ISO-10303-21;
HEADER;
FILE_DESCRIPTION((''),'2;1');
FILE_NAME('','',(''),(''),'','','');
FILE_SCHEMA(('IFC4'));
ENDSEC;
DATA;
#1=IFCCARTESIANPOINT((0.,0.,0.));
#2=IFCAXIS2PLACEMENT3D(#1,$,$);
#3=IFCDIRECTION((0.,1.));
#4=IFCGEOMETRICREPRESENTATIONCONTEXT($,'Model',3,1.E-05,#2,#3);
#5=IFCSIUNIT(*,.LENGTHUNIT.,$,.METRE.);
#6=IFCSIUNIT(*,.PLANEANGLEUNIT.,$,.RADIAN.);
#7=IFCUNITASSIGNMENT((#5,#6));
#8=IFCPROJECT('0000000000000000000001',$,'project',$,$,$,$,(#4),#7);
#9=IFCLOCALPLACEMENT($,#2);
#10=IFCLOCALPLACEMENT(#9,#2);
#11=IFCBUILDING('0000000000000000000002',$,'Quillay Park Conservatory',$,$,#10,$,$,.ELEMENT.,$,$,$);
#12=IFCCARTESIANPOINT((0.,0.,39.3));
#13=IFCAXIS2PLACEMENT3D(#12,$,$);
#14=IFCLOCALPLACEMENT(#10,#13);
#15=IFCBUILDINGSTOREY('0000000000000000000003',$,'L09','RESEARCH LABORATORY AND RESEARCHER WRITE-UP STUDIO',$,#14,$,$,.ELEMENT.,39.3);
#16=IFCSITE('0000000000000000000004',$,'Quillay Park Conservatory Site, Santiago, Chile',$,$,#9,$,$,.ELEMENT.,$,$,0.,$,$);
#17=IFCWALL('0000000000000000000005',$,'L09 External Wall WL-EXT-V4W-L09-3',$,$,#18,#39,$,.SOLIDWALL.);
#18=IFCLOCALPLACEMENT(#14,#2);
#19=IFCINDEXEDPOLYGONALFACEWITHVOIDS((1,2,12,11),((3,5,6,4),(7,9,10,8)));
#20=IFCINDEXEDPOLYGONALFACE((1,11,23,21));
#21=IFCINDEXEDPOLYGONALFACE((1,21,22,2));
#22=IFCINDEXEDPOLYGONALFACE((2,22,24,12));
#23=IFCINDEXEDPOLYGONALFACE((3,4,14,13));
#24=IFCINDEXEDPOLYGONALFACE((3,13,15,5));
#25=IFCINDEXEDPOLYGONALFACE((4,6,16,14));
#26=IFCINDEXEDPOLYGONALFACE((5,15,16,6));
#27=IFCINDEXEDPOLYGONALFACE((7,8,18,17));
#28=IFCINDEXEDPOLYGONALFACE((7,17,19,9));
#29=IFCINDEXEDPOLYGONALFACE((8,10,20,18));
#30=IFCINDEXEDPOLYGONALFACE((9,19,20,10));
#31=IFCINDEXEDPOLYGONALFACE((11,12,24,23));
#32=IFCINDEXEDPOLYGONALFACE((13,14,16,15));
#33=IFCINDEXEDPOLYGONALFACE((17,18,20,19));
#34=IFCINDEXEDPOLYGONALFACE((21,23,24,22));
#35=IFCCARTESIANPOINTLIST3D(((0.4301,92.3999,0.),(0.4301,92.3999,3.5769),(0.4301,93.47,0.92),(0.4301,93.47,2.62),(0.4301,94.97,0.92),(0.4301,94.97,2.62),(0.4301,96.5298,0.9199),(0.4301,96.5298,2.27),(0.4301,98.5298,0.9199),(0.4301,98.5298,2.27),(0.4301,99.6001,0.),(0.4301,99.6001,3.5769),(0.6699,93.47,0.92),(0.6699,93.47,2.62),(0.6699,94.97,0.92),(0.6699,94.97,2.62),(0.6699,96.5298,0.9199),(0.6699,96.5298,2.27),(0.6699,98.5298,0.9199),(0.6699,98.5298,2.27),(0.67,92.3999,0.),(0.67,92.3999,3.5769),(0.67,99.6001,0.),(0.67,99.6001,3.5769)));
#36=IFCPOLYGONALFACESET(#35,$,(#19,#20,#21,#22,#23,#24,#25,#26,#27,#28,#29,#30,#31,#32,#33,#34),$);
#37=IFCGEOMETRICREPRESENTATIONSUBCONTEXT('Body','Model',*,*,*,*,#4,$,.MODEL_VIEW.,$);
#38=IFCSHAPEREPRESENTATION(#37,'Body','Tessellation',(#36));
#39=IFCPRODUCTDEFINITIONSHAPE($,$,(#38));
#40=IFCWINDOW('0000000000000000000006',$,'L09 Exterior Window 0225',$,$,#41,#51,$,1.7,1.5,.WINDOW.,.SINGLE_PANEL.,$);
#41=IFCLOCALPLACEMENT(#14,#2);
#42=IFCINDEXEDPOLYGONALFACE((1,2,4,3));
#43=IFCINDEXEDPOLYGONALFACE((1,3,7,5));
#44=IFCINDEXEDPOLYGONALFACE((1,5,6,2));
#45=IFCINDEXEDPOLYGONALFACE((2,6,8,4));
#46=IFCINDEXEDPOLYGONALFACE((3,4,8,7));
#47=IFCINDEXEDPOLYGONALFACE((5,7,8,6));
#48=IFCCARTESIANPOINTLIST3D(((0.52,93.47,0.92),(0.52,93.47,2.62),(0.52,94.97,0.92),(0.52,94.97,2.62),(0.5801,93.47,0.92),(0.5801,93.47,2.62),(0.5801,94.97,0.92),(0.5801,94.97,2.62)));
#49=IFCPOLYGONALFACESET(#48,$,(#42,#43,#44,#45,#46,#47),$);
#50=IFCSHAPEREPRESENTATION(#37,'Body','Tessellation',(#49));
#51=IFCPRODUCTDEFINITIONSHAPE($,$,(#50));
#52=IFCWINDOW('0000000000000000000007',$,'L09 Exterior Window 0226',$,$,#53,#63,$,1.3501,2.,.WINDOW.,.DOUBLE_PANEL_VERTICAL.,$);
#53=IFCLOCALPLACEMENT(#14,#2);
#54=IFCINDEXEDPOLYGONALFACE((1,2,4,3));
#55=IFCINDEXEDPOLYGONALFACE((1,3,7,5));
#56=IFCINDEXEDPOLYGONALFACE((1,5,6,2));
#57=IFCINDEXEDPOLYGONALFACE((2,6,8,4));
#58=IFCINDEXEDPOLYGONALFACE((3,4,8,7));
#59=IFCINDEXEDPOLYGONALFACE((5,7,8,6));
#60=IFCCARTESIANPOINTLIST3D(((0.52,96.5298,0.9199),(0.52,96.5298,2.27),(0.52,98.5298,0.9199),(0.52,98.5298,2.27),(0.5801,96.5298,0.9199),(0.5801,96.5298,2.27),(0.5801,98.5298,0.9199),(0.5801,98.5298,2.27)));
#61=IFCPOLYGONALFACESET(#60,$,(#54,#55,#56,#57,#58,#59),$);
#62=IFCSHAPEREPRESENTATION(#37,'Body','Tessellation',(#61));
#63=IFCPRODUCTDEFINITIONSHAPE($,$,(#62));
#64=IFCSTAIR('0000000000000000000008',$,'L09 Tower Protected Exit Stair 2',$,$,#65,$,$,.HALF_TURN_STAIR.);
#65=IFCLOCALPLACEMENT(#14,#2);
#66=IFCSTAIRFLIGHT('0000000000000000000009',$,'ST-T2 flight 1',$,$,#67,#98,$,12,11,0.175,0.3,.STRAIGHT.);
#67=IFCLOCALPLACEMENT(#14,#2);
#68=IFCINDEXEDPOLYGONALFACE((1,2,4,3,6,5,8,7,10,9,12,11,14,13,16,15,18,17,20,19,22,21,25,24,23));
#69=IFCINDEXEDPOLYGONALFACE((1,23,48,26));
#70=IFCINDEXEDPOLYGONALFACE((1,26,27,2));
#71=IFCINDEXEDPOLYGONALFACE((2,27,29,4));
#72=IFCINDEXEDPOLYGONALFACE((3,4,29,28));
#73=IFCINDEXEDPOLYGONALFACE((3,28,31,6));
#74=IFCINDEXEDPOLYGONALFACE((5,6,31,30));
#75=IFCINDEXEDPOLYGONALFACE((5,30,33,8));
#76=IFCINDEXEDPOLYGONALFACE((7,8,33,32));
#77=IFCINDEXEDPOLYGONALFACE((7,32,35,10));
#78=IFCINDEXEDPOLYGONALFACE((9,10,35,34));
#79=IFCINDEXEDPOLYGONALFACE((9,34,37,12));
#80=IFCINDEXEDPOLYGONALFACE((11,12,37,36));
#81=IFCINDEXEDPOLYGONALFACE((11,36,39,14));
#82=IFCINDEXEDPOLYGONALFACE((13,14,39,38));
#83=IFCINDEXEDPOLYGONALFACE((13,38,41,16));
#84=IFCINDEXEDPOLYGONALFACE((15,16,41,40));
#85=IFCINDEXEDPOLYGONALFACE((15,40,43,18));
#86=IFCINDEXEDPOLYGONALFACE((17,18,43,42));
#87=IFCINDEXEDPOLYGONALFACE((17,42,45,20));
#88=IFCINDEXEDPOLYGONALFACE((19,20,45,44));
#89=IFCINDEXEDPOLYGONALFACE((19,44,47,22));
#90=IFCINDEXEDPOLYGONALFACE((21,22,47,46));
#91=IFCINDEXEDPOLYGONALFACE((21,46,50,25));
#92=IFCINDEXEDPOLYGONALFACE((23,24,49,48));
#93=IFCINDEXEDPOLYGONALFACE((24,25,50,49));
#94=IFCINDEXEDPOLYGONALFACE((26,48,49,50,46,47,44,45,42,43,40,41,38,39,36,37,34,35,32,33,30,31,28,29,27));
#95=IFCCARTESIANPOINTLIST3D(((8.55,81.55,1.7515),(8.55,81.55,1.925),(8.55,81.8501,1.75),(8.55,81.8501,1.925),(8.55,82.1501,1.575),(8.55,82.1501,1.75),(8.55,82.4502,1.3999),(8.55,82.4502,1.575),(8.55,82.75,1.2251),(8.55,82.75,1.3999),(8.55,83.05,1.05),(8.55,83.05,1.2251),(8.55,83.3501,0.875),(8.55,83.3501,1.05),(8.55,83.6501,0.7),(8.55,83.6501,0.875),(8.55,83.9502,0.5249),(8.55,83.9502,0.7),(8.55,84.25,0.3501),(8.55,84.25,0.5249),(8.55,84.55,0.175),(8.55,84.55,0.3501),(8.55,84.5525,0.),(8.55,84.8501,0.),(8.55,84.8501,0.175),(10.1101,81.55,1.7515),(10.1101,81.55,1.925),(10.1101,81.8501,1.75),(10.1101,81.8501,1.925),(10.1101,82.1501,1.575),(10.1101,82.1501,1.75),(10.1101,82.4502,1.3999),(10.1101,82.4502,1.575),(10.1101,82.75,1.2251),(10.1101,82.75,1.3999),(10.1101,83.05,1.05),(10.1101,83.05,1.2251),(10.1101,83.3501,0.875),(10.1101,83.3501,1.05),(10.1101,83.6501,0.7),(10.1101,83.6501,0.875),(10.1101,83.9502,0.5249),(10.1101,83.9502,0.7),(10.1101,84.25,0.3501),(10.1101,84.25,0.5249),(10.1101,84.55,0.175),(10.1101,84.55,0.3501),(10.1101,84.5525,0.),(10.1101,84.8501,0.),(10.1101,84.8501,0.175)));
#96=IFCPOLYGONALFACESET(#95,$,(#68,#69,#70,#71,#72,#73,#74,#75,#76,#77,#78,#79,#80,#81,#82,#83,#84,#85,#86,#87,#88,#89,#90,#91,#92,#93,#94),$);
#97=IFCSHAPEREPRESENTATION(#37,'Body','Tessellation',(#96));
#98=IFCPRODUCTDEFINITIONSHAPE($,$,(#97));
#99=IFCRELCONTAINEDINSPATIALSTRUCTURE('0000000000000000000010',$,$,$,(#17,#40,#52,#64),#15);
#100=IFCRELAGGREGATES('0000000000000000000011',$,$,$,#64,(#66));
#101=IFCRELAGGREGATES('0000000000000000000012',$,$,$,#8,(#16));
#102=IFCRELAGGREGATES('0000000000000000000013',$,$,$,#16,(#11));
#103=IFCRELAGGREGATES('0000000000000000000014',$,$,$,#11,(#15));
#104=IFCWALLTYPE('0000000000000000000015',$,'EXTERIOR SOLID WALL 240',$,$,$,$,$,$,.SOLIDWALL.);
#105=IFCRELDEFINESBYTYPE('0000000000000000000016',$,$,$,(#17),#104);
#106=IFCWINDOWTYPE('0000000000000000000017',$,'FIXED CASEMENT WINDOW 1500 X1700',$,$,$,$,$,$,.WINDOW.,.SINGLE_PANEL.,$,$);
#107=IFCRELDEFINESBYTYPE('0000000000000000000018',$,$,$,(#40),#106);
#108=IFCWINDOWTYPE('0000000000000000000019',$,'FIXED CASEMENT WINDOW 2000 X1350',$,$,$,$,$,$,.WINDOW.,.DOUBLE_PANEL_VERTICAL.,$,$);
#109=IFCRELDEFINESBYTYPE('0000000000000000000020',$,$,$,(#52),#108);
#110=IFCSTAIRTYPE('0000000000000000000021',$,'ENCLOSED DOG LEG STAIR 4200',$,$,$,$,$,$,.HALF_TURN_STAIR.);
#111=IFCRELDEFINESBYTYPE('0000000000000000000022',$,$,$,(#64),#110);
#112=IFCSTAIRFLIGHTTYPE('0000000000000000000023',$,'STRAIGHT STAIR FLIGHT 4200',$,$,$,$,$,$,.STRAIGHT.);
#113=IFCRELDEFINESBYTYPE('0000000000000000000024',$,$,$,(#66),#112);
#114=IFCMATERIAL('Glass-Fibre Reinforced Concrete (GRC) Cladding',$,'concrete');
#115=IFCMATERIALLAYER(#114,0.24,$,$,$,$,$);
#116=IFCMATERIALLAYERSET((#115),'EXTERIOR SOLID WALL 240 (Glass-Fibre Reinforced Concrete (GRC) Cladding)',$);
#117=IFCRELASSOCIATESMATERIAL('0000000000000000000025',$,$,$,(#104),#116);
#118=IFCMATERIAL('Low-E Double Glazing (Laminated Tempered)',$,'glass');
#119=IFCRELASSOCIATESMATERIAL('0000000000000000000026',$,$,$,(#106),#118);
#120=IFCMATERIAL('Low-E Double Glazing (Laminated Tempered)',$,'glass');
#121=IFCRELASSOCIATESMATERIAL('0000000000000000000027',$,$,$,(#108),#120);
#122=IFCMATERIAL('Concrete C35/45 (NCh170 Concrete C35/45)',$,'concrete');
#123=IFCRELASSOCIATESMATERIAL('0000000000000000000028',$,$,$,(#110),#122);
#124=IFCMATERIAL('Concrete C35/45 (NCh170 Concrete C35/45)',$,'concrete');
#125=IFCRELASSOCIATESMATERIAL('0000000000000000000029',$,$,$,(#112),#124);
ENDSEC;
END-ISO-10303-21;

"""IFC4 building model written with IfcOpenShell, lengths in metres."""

from ifc_helpers import new_model, si_unit, direction, frame, frame_2d, origin, place, context, subcontext, project, spatial, polyline, rectangle, outline, extrude, material, layer, layer_set, type_object, element, fill, aggregate, save


model = new_model("IFC4")

# Units and contexts
model_context = context("Model", 3, precision=1e-05, world=origin(), true_north=direction((0.0, 1.0)))
body_context = subcontext(model_context, "Body", "Model", "MODEL_VIEW")
ifc_project = project(units=[si_unit("LENGTHUNIT", "METRE"), si_unit("PLANEANGLEUNIT", "RADIAN")], contexts=[model_context])

# Site, building, storey
site_placement = place(None, origin())
site = spatial("IfcSite", under=ifc_project, at=site_placement, Name="Quillay Park Conservatory Site, Santiago, Chile", CompositionType="ELEMENT", RefElevation=0.0)
building_placement = place(site_placement, origin())
building = spatial("IfcBuilding", under=site, at=building_placement, Name="Quillay Park Conservatory", CompositionType="ELEMENT")
storey_placement = place(building_placement, frame((0.0, 0.0, 39.3)))
storey = spatial("IfcBuildingStorey", under=building, at=storey_placement, Name="L09", Description="RESEARCH LABORATORY AND RESEARCHER WRITE-UP STUDIO", CompositionType="ELEMENT", Elevation=39.3)

# Wall, openings, windows
ifc_material_1 = material(Name="Glass-Fibre Reinforced Concrete (GRC) Cladding", Category="concrete")
ifc_layer_1 = layer(ifc_material_1, 0.24)
ifc_layer_set_1 = layer_set([ifc_layer_1], Name="EXTERIOR SOLID WALL 240 (Glass-Fibre Reinforced Concrete (GRC) Cladding)")
wall_type_1 = type_object("IfcWallType", Name="EXTERIOR SOLID WALL 240", PredefinedType="SOLIDWALL", material=ifc_layer_set_1)
wall_1_placement = place(storey_placement, frame((0.55, 92.3999, 0.0), z_axis=(0.0, 0.0, 1.0), x_axis=(0.0, 1.0, 0.0)))
wall_1 = element("IfcWall", 1, at=wall_1_placement, inside=storey, type_object=wall_type_1, Name="L09 External Wall WL-EXT-V4W-L09-3", PredefinedType="SOLIDWALL", context=body_context, shape_type="SweptSolid", body=[
    extrude(rectangle(XDim=7.2002, YDim=0.24, at=frame_2d((3.6001, 0.0))), origin(), (0.0, 0.0, 1.0), 3.5769),
])
opening_1_placement = place(wall_1_placement, frame((1.0701, 0.0, 0.9199)))
opening_1 = element("IfcOpeningElement", 2, at=opening_1_placement, cuts=wall_1, PredefinedType="OPENING", context=body_context, shape_type="SweptSolid", body=[
    extrude(rectangle(XDim=1.5, YDim=1.7, at=frame_2d((0.75, 0.8501))), frame((0.0, 0.1201, 0.0), z_axis=(0.0, -1.0, 0.0), x_axis=(1.0, 0.0, 0.0)), (0.0, 0.0, 1.0), 0.24),
])
opening_2_placement = place(wall_1_placement, frame((4.1299, 0.0, 0.9199)))
opening_2 = element("IfcOpeningElement", 3, at=opening_2_placement, cuts=wall_1, PredefinedType="OPENING", context=body_context, shape_type="SweptSolid", body=[
    extrude(rectangle(XDim=2.0, YDim=1.3501, at=frame_2d((1.0, 0.675))), frame((0.0, 0.1201, 0.0), z_axis=(0.0, -1.0, 0.0), x_axis=(1.0, 0.0, 0.0)), (0.0, 0.0, 1.0), 0.24),
])
ifc_material_2 = material(Name="Low-E Double Glazing (Laminated Tempered)", Category="glass")
window_type_1 = type_object("IfcWindowType", Name="FIXED CASEMENT WINDOW 1500 X1700", PartitioningType="SINGLE_PANEL", PredefinedType="WINDOW", material=ifc_material_2)
window_1_placement = place(opening_1_placement, origin())
window_1 = element("IfcWindow", 4, at=window_1_placement, inside=storey, type_object=window_type_1, Name="L09 Exterior Window 0225", OverallHeight=1.7, OverallWidth=1.5, PartitioningType="SINGLE_PANEL", PredefinedType="WINDOW", context=body_context, shape_type="SweptSolid", body=[
    extrude(rectangle(XDim=1.5, YDim=1.7, at=frame_2d((0.75, 0.8501))), frame((0.0, 0.03, 0.0), z_axis=(0.0, -1.0, 0.0), x_axis=(1.0, 0.0, 0.0)), (0.0, 0.0, 1.0), 0.0601),
])
fill(opening_1, window_1)
ifc_material_3 = material(Name="Low-E Double Glazing (Laminated Tempered)", Category="glass")
window_type_2 = type_object("IfcWindowType", Name="FIXED CASEMENT WINDOW 2000 X1350", PartitioningType="DOUBLE_PANEL_VERTICAL", PredefinedType="WINDOW", material=ifc_material_3)
window_2_placement = place(opening_2_placement, origin())
window_2 = element("IfcWindow", 5, at=window_2_placement, inside=storey, type_object=window_type_2, Name="L09 Exterior Window 0226", OverallHeight=1.3501, OverallWidth=2.0, PartitioningType="DOUBLE_PANEL_VERTICAL", PredefinedType="WINDOW", context=body_context, shape_type="SweptSolid", body=[
    extrude(rectangle(XDim=2.0, YDim=1.3501, at=frame_2d((1.0, 0.675))), frame((0.0, 0.03, 0.0), z_axis=(0.0, -1.0, 0.0), x_axis=(1.0, 0.0, 0.0)), (0.0, 0.0, 1.0), 0.0601),
])
fill(opening_2, window_2)

# Stair, stair flight
ifc_material_4 = material(Name="Concrete C35/45 (NCh170 Concrete C35/45)", Category="concrete")
stair_type = type_object("IfcStairType", Name="ENCLOSED DOG LEG STAIR 4200", PredefinedType="HALF_TURN_STAIR", material=ifc_material_4)
stair_placement = place(storey_placement, origin())
stair = element("IfcStair", 6, at=stair_placement, inside=storey, type_object=stair_type, Name="L09 Tower Protected Exit Stair 2", PredefinedType="HALF_TURN_STAIR")
ifc_material_5 = material(Name="Concrete C35/45 (NCh170 Concrete C35/45)", Category="concrete")
stair_flight_type = type_object("IfcStairFlightType", Name="STRAIGHT STAIR FLIGHT 4200", PredefinedType="STRAIGHT", material=ifc_material_5)
stair_flight_placement = place(storey_placement, frame((9.3301, 84.8501, 0.0), z_axis=(0.0, 0.0, 1.0), x_axis=(0.0, -1.0, 0.0)))
stair_flight = element("IfcStairFlight", 7, at=stair_flight_placement, type_object=stair_flight_type, Name="ST-T2 flight 1", NumberOfRisers=12, NumberOfTreads=11, PredefinedType="STRAIGHT", RiserHeight=0.175, TreadLength=0.3, context=body_context, shape_type="SweptSolid", body=[
    extrude(outline(polyline([(0.0, 0.0), (0.0, 0.175), (0.3, 0.175), (0.3, 0.3501), (0.6001, 0.3501), (0.6001, 0.5249), (0.8999, 0.5249), (0.8999, 0.7), (1.2, 0.7), (1.2, 0.875), (1.5, 0.875), (1.5, 1.05), (1.8, 1.05), (1.8, 1.2251), (2.1001, 1.2251), (2.1001, 1.3999), (2.3999, 1.3999), (2.3999, 1.575), (2.7, 1.575), (2.7, 1.75), (3.0, 1.75), (3.0, 1.925), (3.3, 1.925), (3.3, 2.1001), (3.3, 1.7515), (0.2976, 0.0), (0.0, 0.0)])), frame((0.0, 0.78, 0.0), z_axis=(0.0, -1.0, 0.0), x_axis=(1.0, 0.0, 0.0)), (0.0, 0.0, 1.0), 1.5601),
])
aggregate(stair, [stair_flight])

save(model, "model.ifc")
